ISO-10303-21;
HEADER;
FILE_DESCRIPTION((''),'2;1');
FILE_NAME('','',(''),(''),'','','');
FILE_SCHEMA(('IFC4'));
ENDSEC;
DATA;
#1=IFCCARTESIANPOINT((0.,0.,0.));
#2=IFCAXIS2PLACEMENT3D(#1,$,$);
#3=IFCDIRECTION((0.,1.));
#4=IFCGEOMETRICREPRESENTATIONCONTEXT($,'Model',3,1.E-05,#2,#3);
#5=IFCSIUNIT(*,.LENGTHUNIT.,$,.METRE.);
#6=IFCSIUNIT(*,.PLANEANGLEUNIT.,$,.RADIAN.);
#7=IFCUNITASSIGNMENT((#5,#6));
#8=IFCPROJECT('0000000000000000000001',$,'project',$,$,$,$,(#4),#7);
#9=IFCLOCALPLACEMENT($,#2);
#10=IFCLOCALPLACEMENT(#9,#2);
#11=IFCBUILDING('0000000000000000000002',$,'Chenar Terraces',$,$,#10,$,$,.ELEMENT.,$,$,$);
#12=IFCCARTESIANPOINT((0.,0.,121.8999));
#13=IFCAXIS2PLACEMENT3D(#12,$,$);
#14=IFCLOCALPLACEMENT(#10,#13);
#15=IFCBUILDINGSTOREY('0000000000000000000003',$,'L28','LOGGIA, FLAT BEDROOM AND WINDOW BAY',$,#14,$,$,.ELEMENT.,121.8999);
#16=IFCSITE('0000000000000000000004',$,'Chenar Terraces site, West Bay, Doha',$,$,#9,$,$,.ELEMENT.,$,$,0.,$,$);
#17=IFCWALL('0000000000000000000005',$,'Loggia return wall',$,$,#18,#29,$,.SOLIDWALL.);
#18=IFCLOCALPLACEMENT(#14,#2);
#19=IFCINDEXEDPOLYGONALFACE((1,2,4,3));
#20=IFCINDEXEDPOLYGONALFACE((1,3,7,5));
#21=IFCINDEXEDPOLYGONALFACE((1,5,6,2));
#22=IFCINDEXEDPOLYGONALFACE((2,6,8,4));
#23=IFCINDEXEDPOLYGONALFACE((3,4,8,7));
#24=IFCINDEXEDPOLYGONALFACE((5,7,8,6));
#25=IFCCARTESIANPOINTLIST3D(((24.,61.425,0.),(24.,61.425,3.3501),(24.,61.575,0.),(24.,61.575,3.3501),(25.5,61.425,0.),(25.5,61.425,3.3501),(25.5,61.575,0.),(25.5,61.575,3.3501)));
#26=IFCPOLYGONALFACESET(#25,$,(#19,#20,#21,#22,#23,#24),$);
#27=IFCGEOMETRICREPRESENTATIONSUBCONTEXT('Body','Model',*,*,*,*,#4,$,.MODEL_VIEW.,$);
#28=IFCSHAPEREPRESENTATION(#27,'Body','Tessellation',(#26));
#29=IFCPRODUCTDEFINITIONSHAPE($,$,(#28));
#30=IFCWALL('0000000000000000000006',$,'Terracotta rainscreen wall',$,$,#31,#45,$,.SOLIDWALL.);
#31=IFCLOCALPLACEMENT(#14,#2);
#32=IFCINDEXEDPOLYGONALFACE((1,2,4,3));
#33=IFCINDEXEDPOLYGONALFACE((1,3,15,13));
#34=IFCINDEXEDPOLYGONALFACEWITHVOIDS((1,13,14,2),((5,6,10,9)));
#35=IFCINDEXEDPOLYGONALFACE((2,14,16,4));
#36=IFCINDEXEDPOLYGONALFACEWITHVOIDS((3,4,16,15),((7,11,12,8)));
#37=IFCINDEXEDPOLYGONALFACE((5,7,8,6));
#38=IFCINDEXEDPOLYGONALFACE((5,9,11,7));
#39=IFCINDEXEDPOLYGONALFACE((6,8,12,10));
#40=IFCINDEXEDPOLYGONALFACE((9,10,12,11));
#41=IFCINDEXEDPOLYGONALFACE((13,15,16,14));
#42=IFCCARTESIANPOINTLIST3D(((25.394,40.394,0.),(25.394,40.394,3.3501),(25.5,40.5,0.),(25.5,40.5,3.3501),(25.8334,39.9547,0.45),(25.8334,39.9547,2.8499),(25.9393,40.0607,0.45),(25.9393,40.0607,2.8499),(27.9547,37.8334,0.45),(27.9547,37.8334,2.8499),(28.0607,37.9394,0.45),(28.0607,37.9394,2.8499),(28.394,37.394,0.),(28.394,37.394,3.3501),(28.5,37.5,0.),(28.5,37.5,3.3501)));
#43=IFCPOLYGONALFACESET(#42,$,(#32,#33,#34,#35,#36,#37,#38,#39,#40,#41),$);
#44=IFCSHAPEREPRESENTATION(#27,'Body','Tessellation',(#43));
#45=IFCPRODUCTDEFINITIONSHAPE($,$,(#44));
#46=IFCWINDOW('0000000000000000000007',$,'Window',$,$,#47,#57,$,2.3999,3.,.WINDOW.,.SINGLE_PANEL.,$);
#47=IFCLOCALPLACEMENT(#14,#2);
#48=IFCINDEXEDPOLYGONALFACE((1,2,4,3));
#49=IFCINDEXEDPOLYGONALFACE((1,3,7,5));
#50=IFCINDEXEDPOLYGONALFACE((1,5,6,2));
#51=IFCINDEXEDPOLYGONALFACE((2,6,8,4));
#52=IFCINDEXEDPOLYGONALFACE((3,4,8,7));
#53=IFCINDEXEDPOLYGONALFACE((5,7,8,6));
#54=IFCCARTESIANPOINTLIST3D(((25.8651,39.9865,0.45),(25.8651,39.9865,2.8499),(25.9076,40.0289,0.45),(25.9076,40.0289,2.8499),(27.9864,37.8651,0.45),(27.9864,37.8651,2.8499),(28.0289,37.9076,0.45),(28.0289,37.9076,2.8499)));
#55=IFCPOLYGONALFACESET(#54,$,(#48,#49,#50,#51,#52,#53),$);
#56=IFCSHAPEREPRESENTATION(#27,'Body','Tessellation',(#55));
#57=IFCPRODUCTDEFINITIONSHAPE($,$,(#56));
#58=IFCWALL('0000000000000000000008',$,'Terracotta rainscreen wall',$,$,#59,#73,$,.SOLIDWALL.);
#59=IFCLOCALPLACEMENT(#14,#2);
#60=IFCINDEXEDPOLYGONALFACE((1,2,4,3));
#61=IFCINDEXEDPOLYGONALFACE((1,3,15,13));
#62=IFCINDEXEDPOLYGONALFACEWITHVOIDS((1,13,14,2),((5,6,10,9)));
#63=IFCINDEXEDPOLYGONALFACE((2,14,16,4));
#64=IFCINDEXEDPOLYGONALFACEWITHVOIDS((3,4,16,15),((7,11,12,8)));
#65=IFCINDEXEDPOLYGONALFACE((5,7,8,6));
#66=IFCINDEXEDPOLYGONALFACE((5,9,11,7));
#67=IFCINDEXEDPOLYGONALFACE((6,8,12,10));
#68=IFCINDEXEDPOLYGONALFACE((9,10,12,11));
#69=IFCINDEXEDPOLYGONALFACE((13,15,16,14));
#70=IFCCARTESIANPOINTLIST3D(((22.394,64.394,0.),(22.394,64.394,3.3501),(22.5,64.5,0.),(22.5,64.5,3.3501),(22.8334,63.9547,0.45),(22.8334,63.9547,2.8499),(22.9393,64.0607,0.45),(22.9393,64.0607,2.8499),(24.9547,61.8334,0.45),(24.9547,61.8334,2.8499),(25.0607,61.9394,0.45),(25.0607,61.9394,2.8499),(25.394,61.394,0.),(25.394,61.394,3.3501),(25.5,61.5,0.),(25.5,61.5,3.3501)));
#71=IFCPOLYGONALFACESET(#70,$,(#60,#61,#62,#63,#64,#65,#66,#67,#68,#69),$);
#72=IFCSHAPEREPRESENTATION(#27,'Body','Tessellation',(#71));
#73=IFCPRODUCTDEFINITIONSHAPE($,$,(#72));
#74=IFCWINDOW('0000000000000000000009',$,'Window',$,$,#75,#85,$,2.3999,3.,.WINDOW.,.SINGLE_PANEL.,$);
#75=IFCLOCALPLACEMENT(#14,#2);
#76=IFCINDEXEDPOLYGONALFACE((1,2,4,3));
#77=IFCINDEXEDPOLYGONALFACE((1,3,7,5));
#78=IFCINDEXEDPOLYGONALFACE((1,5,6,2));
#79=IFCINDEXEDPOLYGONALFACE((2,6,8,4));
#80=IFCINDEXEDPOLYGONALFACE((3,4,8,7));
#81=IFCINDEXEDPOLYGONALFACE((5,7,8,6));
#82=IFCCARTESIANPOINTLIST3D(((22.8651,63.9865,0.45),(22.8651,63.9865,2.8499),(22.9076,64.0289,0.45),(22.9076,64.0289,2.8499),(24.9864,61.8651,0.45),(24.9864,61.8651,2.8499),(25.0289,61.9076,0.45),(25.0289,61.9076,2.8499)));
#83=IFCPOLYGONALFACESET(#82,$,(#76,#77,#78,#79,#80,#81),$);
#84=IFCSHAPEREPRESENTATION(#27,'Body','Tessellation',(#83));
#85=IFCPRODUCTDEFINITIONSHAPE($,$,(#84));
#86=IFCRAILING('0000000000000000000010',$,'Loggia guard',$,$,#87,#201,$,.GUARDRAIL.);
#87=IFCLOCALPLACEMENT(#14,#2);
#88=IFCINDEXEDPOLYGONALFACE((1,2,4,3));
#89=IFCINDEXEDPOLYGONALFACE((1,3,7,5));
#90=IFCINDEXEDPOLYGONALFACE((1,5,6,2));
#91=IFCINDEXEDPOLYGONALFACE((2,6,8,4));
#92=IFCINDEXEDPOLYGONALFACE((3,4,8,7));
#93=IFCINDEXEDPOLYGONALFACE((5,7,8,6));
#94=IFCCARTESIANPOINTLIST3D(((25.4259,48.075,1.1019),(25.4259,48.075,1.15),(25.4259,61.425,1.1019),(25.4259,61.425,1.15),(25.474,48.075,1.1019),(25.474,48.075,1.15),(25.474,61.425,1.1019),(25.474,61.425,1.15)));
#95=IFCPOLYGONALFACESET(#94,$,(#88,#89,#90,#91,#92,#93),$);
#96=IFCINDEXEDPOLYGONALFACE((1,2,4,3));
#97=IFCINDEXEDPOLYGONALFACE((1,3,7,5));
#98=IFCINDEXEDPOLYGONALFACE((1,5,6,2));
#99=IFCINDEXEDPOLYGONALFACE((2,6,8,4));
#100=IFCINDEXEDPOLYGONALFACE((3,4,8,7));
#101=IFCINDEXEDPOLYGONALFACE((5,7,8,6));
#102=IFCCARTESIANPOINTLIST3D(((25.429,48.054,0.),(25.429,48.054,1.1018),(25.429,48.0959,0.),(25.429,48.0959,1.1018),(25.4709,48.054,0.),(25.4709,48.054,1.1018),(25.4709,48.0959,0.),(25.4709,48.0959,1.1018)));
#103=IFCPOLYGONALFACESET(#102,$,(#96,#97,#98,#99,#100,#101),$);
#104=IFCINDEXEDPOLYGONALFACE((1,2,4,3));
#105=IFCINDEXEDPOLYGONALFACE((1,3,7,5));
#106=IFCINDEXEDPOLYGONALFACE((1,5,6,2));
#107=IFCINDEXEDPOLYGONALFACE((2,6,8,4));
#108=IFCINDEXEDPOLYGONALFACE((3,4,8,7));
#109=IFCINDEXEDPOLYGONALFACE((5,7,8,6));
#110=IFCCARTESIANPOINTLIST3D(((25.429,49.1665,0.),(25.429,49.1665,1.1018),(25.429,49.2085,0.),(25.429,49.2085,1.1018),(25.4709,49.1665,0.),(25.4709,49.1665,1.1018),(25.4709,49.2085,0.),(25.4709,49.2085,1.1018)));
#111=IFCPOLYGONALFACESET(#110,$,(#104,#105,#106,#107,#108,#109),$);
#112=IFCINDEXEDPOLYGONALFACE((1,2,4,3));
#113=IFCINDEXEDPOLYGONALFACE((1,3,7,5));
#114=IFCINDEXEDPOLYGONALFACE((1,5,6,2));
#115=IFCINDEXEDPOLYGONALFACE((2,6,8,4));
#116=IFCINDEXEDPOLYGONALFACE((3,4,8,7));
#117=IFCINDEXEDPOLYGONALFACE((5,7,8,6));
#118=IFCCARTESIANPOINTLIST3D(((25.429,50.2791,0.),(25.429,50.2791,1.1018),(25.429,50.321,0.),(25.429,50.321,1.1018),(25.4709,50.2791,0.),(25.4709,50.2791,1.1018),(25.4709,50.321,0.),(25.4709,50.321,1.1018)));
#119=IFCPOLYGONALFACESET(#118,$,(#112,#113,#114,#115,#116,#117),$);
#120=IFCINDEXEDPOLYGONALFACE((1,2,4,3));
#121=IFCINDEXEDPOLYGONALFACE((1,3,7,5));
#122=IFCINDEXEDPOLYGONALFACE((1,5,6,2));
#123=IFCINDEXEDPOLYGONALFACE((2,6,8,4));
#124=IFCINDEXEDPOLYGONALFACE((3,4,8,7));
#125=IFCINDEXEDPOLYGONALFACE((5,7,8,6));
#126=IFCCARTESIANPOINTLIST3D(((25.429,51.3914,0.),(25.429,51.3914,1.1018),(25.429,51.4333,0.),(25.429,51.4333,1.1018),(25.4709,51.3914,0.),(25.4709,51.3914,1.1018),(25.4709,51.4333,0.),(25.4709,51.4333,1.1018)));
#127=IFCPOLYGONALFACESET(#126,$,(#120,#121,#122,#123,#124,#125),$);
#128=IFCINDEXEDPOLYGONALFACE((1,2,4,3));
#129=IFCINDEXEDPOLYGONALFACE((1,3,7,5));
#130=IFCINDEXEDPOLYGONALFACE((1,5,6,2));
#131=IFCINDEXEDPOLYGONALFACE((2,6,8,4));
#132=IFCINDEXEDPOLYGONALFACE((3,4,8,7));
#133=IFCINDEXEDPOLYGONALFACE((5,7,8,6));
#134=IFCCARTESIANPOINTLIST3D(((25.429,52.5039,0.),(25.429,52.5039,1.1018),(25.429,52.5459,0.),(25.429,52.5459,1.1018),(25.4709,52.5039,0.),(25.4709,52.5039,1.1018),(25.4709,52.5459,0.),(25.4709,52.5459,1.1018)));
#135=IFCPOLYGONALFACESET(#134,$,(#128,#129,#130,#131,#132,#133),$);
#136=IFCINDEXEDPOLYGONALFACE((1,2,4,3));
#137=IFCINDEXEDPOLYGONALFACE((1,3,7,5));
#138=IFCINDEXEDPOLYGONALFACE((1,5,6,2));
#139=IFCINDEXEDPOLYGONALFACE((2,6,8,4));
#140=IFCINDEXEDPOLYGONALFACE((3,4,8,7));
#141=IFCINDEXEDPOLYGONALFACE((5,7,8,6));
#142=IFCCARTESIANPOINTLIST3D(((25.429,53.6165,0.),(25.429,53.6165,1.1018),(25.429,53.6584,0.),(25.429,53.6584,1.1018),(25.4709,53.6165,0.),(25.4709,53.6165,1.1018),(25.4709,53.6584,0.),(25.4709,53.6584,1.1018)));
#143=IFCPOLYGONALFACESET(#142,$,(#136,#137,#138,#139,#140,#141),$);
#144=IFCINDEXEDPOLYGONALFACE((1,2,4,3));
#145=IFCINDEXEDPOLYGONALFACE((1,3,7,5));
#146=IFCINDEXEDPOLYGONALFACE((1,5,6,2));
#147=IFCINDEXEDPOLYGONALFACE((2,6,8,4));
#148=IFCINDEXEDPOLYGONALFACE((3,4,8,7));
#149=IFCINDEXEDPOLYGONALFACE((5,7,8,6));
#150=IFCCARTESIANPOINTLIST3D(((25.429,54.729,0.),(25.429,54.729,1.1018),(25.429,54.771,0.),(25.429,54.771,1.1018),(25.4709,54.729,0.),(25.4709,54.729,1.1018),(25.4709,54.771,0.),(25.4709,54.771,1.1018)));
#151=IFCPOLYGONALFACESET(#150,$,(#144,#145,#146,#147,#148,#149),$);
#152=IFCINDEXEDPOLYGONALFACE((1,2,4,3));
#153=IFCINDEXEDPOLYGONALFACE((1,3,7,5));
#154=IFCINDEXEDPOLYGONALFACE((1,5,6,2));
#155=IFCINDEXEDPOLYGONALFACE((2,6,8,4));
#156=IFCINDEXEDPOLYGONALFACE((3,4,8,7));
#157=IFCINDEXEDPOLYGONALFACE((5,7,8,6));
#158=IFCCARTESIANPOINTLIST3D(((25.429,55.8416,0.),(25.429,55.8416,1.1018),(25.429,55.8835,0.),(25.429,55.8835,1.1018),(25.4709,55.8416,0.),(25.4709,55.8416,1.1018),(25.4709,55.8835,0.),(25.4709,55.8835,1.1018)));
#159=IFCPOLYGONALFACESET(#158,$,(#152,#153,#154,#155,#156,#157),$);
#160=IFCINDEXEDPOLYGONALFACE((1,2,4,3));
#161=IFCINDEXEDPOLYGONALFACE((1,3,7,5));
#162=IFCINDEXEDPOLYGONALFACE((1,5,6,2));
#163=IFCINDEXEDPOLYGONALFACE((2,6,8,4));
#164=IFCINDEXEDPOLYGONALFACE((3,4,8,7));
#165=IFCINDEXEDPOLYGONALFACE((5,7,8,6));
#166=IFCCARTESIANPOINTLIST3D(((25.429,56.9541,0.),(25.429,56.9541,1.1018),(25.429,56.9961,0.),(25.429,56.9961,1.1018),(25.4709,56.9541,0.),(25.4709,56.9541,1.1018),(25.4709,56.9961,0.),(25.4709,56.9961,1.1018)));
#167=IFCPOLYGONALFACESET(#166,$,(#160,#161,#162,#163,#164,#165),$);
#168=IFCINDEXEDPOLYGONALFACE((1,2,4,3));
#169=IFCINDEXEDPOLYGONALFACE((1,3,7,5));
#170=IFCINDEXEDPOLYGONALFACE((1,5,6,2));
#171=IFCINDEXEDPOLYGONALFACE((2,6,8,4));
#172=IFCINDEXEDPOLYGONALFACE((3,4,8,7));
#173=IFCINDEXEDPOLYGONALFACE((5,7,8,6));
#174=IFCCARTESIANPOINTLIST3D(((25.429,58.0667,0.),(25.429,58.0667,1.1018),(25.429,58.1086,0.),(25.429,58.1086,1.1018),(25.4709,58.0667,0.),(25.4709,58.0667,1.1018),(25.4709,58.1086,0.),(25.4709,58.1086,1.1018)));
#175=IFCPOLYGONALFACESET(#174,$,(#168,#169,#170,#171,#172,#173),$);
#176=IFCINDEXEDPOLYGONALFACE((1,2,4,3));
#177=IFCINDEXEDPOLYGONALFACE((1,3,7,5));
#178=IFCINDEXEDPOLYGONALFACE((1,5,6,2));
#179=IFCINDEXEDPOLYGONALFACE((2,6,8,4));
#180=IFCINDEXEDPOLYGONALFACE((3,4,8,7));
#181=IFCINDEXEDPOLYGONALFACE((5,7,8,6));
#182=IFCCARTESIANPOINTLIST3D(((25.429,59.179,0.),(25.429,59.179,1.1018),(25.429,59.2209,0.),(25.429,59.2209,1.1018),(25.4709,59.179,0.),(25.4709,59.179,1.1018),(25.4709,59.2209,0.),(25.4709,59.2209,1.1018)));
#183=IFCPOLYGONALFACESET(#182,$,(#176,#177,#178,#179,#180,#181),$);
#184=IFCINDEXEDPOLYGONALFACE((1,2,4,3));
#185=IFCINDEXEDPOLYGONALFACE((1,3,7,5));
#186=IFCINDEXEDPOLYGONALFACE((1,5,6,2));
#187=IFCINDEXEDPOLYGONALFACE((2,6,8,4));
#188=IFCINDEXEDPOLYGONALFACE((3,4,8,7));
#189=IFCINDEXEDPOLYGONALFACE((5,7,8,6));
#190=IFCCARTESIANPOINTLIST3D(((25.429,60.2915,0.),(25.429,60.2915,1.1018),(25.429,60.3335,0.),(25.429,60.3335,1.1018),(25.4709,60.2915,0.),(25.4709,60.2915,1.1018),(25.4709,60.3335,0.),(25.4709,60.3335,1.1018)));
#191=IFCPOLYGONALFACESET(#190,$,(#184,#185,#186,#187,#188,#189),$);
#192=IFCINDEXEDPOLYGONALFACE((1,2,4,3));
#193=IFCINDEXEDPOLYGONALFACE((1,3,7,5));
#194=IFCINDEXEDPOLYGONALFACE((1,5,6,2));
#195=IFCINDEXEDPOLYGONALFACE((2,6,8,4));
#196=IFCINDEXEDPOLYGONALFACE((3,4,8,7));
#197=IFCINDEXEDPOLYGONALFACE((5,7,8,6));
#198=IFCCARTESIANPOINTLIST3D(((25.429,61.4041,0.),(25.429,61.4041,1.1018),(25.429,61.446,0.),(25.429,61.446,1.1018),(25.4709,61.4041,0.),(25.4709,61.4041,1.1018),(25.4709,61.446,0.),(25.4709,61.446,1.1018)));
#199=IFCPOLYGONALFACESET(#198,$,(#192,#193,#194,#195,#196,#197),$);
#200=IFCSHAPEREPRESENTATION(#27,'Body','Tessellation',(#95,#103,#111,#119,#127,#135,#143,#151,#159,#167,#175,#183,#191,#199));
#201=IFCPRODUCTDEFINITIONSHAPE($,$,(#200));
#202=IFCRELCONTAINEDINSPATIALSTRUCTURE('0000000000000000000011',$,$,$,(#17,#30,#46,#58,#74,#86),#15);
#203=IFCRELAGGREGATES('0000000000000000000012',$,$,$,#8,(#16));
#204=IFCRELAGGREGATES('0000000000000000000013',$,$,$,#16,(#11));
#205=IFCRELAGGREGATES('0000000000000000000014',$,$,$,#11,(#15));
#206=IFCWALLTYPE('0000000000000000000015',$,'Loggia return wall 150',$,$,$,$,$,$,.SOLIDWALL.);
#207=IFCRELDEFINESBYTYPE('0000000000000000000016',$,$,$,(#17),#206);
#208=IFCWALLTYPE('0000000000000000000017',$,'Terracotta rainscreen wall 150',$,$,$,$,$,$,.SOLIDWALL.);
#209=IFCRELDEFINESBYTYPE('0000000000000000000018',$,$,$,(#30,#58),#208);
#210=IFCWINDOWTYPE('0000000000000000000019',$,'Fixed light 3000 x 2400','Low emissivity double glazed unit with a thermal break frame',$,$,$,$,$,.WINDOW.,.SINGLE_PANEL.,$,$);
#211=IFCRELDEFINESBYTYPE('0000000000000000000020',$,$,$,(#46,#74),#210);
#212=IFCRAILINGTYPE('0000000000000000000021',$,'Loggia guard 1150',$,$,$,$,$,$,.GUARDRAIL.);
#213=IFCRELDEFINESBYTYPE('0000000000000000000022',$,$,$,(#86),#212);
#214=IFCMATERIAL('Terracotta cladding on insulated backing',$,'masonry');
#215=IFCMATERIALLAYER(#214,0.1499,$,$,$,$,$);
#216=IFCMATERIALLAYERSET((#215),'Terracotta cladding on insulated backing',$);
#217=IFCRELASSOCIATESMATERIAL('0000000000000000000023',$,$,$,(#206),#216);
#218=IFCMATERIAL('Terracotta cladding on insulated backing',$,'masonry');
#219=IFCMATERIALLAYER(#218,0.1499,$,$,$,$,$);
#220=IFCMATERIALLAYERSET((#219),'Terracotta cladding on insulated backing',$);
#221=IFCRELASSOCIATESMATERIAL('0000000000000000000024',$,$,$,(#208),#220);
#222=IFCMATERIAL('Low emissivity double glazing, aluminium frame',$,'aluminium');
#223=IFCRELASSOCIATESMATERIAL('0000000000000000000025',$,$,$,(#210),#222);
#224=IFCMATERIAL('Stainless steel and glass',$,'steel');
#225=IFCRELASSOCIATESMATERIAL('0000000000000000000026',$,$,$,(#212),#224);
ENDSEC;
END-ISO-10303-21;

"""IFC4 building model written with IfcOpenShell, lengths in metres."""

from ifc_helpers import new_model, si_unit, direction, frame, frame_2d, origin, origin_2d, place, context, subcontext, project, spatial, rectangle, extrude, material, layer, layer_set, type_object, element, fill, save


model = new_model("IFC4")

# Units and contexts
model_context = context("Model", 3, precision=1e-05, world=origin(), true_north=direction((0.0, 1.0)))
body_context = subcontext(model_context, "Body", "Model", "MODEL_VIEW")
ifc_project = project(units=[si_unit("LENGTHUNIT", "METRE"), si_unit("PLANEANGLEUNIT", "RADIAN")], contexts=[model_context])

# Site, building, storey
site_placement = place(None, origin())
site = spatial("IfcSite", under=ifc_project, at=site_placement, Name="Chenar Terraces site, West Bay, Doha", CompositionType="ELEMENT", RefElevation=0.0)
building_placement = place(site_placement, origin())
building = spatial("IfcBuilding", under=site, at=building_placement, Name="Chenar Terraces", CompositionType="ELEMENT")
storey_placement = place(building_placement, frame((0.0, 0.0, 121.8999)))
storey = spatial("IfcBuildingStorey", under=building, at=storey_placement, Name="L28", Description="LOGGIA, FLAT BEDROOM AND WINDOW BAY", CompositionType="ELEMENT", Elevation=121.8999)

# Wall
ifc_material_1 = material(Name="Terracotta cladding on insulated backing", Category="masonry")
ifc_layer_1 = layer(ifc_material_1, 0.1499)
ifc_layer_set_1 = layer_set([ifc_layer_1], Name="Terracotta cladding on insulated backing")
wall_type_1 = type_object("IfcWallType", Name="Loggia return wall 150", PredefinedType="SOLIDWALL", material=ifc_layer_set_1)
for number, where, z_axis, x_axis, name in (
    (1, (25.5, 61.5, 0.0), (0.0, 0.0, 1.0), (-1.0, 0.0, 0.0), "Loggia return wall"),
):
    element("IfcWall", number, at=place(storey_placement, frame(where, z_axis=z_axis, x_axis=x_axis)), inside=storey, type_object=wall_type_1, Name=name, PredefinedType="SOLIDWALL", context=body_context, shape_type="SweptSolid", body=[
        extrude(rectangle(XDim=1.5, YDim=0.1499, at=frame_2d((0.75, 0.0))), origin(), (0.0, 0.0, 1.0), 3.3501),
    ])

# Walls, openings, windows
ifc_material_2 = material(Name="Terracotta cladding on insulated backing", Category="masonry")
ifc_layer_2 = layer(ifc_material_2, 0.1499)
ifc_layer_set_2 = layer_set([ifc_layer_2], Name="Terracotta cladding on insulated backing")
wall_type_2 = type_object("IfcWallType", Name="Terracotta rainscreen wall 150", PredefinedType="SOLIDWALL", material=ifc_layer_set_2)
wall_1_placement = place(storey_placement, frame((28.447, 37.447, 0.0), z_axis=(0.0, 0.0, 1.0), x_axis=(-0.707107, 0.707107, 0.0)))
wall_1 = element("IfcWall", 2, at=wall_1_placement, inside=storey, type_object=wall_type_2, Name="Terracotta rainscreen wall", PredefinedType="SOLIDWALL", context=body_context, shape_type="SweptSolid", body=[
    extrude(rectangle(XDim=4.2427, YDim=0.1499, at=frame_2d((2.1213, 0.0))), origin(), (0.0, 0.0, 1.0), 3.3501),
])
opening_1_placement = place(wall_1_placement, frame((0.6213, 0.0, 0.45)))
opening_1 = element("IfcOpeningElement", 3, at=opening_1_placement, cuts=wall_1, PredefinedType="OPENING", context=body_context, shape_type="SweptSolid", body=[
    extrude(rectangle(XDim=3.0, YDim=2.3999, at=frame_2d((1.5, 1.2))), frame((0.0, 0.085, 0.0), z_axis=(0.0, -1.0, 0.0), x_axis=(1.0, 0.0, 0.0)), (0.0, 0.0, 1.0), 0.1699),
])
ifc_material_3 = material(Name="Low emissivity double glazing, aluminium frame", Category="aluminium")
window_type_1 = type_object("IfcWindowType", Name="Fixed light 3000 x 2400", Description="Low emissivity double glazed unit with a thermal break frame", PartitioningType="SINGLE_PANEL", PredefinedType="WINDOW", material=ifc_material_3)
window_1_placement = place(opening_1_placement, origin())
window_1 = element("IfcWindow", 4, at=window_1_placement, inside=storey, type_object=window_type_1, Name="Window", OverallHeight=2.3999, OverallWidth=3.0, PartitioningType="SINGLE_PANEL", PredefinedType="WINDOW", context=body_context, shape_type="SweptSolid", body=[
    extrude(rectangle(XDim=3.0, YDim=2.3999, at=frame_2d((1.5, 1.2))), frame((0.0, 0.03, 0.0), z_axis=(0.0, -1.0, 0.0), x_axis=(1.0, 0.0, 0.0)), (0.0, 0.0, 1.0), 0.0601),
])
fill(opening_1, window_1)
wall_2_placement = place(storey_placement, frame((25.447, 61.447, 0.0), z_axis=(0.0, 0.0, 1.0), x_axis=(-0.707107, 0.707107, 0.0)))
wall_2 = element("IfcWall", 5, at=wall_2_placement, inside=storey, type_object=wall_type_2, Name="Terracotta rainscreen wall", PredefinedType="SOLIDWALL", context=body_context, shape_type="SweptSolid", body=[
    extrude(rectangle(XDim=4.2427, YDim=0.1499, at=frame_2d((2.1213, 0.0))), origin(), (0.0, 0.0, 1.0), 3.3501),
])
opening_2_placement = place(wall_2_placement, frame((0.6213, 0.0, 0.45)))
opening_2 = element("IfcOpeningElement", 6, at=opening_2_placement, cuts=wall_2, PredefinedType="OPENING", context=body_context, shape_type="SweptSolid", body=[
    extrude(rectangle(XDim=3.0, YDim=2.3999, at=frame_2d((1.5, 1.2))), frame((0.0, 0.085, 0.0), z_axis=(0.0, -1.0, 0.0), x_axis=(1.0, 0.0, 0.0)), (0.0, 0.0, 1.0), 0.1699),
])
window_2_placement = place(opening_2_placement, origin())
window_2 = element("IfcWindow", 7, at=window_2_placement, inside=storey, type_object=window_type_1, Name="Window", OverallHeight=2.3999, OverallWidth=3.0, PartitioningType="SINGLE_PANEL", PredefinedType="WINDOW", context=body_context, shape_type="SweptSolid", body=[
    extrude(rectangle(XDim=3.0, YDim=2.3999, at=frame_2d((1.5, 1.2))), frame((0.0, 0.03, 0.0), z_axis=(0.0, -1.0, 0.0), x_axis=(1.0, 0.0, 0.0)), (0.0, 0.0, 1.0), 0.0601),
])
fill(opening_2, window_2)

# Railing
ifc_material_4 = material(Name="Stainless steel and glass", Category="steel")
railing_type = type_object("IfcRailingType", Name="Loggia guard 1150", PredefinedType="GUARDRAIL", material=ifc_material_4)
railing_placement = place(storey_placement, frame((25.45, 48.075, 0.0)))
element("IfcRailing", 8, at=railing_placement, inside=storey, type_object=railing_type, Name="Loggia guard", PredefinedType="GUARDRAIL", context=body_context, shape_type="SweptSolid", body=[
    extrude(rectangle(XDim=0.0481, YDim=0.0481, at=origin_2d()), frame((0.0, 0.0, 1.126), z_axis=(0.0, 1.0, 0.0), x_axis=(-1.0, 0.0, 0.0)), (0.0, 0.0, 1.0), 13.3501),
    extrude(rectangle(XDim=0.042, YDim=0.042, at=origin_2d()), origin(), (0.0, 0.0, 1.0), 1.1018),
    extrude(rectangle(XDim=0.042, YDim=0.042, at=origin_2d()), frame((0.0, 1.1125, 0.0)), (0.0, 0.0, 1.0), 1.1018),
    extrude(rectangle(XDim=0.042, YDim=0.042, at=origin_2d()), frame((0.0, 2.2251, 0.0)), (0.0, 0.0, 1.0), 1.1018),
    extrude(rectangle(XDim=0.042, YDim=0.042, at=origin_2d()), frame((0.0, 3.3374, 0.0)), (0.0, 0.0, 1.0), 1.1018),
    extrude(rectangle(XDim=0.042, YDim=0.042, at=origin_2d()), frame((0.0, 4.45, 0.0)), (0.0, 0.0, 1.0), 1.1018),
    extrude(rectangle(XDim=0.042, YDim=0.042, at=origin_2d()), frame((0.0, 5.5625, 0.0)), (0.0, 0.0, 1.0), 1.1018),
    extrude(rectangle(XDim=0.042, YDim=0.042, at=origin_2d()), frame((0.0, 6.675, 0.0)), (0.0, 0.0, 1.0), 1.1018),
    extrude(rectangle(XDim=0.042, YDim=0.042, at=origin_2d()), frame((0.0, 7.7876, 0.0)), (0.0, 0.0, 1.0), 1.1018),
    extrude(rectangle(XDim=0.042, YDim=0.042, at=origin_2d()), frame((0.0, 8.9001, 0.0)), (0.0, 0.0, 1.0), 1.1018),
    extrude(rectangle(XDim=0.042, YDim=0.042, at=origin_2d()), frame((0.0, 10.0127, 0.0)), (0.0, 0.0, 1.0), 1.1018),
    extrude(rectangle(XDim=0.042, YDim=0.042, at=origin_2d()), frame((0.0, 11.125, 0.0)), (0.0, 0.0, 1.0), 1.1018),
    extrude(rectangle(XDim=0.042, YDim=0.042, at=origin_2d()), frame((0.0, 12.2375, 0.0)), (0.0, 0.0, 1.0), 1.1018),
    extrude(rectangle(XDim=0.042, YDim=0.042, at=origin_2d()), frame((0.0, 13.3501, 0.0)), (0.0, 0.0, 1.0), 1.1018),
])

save(model, "model.ifc")
